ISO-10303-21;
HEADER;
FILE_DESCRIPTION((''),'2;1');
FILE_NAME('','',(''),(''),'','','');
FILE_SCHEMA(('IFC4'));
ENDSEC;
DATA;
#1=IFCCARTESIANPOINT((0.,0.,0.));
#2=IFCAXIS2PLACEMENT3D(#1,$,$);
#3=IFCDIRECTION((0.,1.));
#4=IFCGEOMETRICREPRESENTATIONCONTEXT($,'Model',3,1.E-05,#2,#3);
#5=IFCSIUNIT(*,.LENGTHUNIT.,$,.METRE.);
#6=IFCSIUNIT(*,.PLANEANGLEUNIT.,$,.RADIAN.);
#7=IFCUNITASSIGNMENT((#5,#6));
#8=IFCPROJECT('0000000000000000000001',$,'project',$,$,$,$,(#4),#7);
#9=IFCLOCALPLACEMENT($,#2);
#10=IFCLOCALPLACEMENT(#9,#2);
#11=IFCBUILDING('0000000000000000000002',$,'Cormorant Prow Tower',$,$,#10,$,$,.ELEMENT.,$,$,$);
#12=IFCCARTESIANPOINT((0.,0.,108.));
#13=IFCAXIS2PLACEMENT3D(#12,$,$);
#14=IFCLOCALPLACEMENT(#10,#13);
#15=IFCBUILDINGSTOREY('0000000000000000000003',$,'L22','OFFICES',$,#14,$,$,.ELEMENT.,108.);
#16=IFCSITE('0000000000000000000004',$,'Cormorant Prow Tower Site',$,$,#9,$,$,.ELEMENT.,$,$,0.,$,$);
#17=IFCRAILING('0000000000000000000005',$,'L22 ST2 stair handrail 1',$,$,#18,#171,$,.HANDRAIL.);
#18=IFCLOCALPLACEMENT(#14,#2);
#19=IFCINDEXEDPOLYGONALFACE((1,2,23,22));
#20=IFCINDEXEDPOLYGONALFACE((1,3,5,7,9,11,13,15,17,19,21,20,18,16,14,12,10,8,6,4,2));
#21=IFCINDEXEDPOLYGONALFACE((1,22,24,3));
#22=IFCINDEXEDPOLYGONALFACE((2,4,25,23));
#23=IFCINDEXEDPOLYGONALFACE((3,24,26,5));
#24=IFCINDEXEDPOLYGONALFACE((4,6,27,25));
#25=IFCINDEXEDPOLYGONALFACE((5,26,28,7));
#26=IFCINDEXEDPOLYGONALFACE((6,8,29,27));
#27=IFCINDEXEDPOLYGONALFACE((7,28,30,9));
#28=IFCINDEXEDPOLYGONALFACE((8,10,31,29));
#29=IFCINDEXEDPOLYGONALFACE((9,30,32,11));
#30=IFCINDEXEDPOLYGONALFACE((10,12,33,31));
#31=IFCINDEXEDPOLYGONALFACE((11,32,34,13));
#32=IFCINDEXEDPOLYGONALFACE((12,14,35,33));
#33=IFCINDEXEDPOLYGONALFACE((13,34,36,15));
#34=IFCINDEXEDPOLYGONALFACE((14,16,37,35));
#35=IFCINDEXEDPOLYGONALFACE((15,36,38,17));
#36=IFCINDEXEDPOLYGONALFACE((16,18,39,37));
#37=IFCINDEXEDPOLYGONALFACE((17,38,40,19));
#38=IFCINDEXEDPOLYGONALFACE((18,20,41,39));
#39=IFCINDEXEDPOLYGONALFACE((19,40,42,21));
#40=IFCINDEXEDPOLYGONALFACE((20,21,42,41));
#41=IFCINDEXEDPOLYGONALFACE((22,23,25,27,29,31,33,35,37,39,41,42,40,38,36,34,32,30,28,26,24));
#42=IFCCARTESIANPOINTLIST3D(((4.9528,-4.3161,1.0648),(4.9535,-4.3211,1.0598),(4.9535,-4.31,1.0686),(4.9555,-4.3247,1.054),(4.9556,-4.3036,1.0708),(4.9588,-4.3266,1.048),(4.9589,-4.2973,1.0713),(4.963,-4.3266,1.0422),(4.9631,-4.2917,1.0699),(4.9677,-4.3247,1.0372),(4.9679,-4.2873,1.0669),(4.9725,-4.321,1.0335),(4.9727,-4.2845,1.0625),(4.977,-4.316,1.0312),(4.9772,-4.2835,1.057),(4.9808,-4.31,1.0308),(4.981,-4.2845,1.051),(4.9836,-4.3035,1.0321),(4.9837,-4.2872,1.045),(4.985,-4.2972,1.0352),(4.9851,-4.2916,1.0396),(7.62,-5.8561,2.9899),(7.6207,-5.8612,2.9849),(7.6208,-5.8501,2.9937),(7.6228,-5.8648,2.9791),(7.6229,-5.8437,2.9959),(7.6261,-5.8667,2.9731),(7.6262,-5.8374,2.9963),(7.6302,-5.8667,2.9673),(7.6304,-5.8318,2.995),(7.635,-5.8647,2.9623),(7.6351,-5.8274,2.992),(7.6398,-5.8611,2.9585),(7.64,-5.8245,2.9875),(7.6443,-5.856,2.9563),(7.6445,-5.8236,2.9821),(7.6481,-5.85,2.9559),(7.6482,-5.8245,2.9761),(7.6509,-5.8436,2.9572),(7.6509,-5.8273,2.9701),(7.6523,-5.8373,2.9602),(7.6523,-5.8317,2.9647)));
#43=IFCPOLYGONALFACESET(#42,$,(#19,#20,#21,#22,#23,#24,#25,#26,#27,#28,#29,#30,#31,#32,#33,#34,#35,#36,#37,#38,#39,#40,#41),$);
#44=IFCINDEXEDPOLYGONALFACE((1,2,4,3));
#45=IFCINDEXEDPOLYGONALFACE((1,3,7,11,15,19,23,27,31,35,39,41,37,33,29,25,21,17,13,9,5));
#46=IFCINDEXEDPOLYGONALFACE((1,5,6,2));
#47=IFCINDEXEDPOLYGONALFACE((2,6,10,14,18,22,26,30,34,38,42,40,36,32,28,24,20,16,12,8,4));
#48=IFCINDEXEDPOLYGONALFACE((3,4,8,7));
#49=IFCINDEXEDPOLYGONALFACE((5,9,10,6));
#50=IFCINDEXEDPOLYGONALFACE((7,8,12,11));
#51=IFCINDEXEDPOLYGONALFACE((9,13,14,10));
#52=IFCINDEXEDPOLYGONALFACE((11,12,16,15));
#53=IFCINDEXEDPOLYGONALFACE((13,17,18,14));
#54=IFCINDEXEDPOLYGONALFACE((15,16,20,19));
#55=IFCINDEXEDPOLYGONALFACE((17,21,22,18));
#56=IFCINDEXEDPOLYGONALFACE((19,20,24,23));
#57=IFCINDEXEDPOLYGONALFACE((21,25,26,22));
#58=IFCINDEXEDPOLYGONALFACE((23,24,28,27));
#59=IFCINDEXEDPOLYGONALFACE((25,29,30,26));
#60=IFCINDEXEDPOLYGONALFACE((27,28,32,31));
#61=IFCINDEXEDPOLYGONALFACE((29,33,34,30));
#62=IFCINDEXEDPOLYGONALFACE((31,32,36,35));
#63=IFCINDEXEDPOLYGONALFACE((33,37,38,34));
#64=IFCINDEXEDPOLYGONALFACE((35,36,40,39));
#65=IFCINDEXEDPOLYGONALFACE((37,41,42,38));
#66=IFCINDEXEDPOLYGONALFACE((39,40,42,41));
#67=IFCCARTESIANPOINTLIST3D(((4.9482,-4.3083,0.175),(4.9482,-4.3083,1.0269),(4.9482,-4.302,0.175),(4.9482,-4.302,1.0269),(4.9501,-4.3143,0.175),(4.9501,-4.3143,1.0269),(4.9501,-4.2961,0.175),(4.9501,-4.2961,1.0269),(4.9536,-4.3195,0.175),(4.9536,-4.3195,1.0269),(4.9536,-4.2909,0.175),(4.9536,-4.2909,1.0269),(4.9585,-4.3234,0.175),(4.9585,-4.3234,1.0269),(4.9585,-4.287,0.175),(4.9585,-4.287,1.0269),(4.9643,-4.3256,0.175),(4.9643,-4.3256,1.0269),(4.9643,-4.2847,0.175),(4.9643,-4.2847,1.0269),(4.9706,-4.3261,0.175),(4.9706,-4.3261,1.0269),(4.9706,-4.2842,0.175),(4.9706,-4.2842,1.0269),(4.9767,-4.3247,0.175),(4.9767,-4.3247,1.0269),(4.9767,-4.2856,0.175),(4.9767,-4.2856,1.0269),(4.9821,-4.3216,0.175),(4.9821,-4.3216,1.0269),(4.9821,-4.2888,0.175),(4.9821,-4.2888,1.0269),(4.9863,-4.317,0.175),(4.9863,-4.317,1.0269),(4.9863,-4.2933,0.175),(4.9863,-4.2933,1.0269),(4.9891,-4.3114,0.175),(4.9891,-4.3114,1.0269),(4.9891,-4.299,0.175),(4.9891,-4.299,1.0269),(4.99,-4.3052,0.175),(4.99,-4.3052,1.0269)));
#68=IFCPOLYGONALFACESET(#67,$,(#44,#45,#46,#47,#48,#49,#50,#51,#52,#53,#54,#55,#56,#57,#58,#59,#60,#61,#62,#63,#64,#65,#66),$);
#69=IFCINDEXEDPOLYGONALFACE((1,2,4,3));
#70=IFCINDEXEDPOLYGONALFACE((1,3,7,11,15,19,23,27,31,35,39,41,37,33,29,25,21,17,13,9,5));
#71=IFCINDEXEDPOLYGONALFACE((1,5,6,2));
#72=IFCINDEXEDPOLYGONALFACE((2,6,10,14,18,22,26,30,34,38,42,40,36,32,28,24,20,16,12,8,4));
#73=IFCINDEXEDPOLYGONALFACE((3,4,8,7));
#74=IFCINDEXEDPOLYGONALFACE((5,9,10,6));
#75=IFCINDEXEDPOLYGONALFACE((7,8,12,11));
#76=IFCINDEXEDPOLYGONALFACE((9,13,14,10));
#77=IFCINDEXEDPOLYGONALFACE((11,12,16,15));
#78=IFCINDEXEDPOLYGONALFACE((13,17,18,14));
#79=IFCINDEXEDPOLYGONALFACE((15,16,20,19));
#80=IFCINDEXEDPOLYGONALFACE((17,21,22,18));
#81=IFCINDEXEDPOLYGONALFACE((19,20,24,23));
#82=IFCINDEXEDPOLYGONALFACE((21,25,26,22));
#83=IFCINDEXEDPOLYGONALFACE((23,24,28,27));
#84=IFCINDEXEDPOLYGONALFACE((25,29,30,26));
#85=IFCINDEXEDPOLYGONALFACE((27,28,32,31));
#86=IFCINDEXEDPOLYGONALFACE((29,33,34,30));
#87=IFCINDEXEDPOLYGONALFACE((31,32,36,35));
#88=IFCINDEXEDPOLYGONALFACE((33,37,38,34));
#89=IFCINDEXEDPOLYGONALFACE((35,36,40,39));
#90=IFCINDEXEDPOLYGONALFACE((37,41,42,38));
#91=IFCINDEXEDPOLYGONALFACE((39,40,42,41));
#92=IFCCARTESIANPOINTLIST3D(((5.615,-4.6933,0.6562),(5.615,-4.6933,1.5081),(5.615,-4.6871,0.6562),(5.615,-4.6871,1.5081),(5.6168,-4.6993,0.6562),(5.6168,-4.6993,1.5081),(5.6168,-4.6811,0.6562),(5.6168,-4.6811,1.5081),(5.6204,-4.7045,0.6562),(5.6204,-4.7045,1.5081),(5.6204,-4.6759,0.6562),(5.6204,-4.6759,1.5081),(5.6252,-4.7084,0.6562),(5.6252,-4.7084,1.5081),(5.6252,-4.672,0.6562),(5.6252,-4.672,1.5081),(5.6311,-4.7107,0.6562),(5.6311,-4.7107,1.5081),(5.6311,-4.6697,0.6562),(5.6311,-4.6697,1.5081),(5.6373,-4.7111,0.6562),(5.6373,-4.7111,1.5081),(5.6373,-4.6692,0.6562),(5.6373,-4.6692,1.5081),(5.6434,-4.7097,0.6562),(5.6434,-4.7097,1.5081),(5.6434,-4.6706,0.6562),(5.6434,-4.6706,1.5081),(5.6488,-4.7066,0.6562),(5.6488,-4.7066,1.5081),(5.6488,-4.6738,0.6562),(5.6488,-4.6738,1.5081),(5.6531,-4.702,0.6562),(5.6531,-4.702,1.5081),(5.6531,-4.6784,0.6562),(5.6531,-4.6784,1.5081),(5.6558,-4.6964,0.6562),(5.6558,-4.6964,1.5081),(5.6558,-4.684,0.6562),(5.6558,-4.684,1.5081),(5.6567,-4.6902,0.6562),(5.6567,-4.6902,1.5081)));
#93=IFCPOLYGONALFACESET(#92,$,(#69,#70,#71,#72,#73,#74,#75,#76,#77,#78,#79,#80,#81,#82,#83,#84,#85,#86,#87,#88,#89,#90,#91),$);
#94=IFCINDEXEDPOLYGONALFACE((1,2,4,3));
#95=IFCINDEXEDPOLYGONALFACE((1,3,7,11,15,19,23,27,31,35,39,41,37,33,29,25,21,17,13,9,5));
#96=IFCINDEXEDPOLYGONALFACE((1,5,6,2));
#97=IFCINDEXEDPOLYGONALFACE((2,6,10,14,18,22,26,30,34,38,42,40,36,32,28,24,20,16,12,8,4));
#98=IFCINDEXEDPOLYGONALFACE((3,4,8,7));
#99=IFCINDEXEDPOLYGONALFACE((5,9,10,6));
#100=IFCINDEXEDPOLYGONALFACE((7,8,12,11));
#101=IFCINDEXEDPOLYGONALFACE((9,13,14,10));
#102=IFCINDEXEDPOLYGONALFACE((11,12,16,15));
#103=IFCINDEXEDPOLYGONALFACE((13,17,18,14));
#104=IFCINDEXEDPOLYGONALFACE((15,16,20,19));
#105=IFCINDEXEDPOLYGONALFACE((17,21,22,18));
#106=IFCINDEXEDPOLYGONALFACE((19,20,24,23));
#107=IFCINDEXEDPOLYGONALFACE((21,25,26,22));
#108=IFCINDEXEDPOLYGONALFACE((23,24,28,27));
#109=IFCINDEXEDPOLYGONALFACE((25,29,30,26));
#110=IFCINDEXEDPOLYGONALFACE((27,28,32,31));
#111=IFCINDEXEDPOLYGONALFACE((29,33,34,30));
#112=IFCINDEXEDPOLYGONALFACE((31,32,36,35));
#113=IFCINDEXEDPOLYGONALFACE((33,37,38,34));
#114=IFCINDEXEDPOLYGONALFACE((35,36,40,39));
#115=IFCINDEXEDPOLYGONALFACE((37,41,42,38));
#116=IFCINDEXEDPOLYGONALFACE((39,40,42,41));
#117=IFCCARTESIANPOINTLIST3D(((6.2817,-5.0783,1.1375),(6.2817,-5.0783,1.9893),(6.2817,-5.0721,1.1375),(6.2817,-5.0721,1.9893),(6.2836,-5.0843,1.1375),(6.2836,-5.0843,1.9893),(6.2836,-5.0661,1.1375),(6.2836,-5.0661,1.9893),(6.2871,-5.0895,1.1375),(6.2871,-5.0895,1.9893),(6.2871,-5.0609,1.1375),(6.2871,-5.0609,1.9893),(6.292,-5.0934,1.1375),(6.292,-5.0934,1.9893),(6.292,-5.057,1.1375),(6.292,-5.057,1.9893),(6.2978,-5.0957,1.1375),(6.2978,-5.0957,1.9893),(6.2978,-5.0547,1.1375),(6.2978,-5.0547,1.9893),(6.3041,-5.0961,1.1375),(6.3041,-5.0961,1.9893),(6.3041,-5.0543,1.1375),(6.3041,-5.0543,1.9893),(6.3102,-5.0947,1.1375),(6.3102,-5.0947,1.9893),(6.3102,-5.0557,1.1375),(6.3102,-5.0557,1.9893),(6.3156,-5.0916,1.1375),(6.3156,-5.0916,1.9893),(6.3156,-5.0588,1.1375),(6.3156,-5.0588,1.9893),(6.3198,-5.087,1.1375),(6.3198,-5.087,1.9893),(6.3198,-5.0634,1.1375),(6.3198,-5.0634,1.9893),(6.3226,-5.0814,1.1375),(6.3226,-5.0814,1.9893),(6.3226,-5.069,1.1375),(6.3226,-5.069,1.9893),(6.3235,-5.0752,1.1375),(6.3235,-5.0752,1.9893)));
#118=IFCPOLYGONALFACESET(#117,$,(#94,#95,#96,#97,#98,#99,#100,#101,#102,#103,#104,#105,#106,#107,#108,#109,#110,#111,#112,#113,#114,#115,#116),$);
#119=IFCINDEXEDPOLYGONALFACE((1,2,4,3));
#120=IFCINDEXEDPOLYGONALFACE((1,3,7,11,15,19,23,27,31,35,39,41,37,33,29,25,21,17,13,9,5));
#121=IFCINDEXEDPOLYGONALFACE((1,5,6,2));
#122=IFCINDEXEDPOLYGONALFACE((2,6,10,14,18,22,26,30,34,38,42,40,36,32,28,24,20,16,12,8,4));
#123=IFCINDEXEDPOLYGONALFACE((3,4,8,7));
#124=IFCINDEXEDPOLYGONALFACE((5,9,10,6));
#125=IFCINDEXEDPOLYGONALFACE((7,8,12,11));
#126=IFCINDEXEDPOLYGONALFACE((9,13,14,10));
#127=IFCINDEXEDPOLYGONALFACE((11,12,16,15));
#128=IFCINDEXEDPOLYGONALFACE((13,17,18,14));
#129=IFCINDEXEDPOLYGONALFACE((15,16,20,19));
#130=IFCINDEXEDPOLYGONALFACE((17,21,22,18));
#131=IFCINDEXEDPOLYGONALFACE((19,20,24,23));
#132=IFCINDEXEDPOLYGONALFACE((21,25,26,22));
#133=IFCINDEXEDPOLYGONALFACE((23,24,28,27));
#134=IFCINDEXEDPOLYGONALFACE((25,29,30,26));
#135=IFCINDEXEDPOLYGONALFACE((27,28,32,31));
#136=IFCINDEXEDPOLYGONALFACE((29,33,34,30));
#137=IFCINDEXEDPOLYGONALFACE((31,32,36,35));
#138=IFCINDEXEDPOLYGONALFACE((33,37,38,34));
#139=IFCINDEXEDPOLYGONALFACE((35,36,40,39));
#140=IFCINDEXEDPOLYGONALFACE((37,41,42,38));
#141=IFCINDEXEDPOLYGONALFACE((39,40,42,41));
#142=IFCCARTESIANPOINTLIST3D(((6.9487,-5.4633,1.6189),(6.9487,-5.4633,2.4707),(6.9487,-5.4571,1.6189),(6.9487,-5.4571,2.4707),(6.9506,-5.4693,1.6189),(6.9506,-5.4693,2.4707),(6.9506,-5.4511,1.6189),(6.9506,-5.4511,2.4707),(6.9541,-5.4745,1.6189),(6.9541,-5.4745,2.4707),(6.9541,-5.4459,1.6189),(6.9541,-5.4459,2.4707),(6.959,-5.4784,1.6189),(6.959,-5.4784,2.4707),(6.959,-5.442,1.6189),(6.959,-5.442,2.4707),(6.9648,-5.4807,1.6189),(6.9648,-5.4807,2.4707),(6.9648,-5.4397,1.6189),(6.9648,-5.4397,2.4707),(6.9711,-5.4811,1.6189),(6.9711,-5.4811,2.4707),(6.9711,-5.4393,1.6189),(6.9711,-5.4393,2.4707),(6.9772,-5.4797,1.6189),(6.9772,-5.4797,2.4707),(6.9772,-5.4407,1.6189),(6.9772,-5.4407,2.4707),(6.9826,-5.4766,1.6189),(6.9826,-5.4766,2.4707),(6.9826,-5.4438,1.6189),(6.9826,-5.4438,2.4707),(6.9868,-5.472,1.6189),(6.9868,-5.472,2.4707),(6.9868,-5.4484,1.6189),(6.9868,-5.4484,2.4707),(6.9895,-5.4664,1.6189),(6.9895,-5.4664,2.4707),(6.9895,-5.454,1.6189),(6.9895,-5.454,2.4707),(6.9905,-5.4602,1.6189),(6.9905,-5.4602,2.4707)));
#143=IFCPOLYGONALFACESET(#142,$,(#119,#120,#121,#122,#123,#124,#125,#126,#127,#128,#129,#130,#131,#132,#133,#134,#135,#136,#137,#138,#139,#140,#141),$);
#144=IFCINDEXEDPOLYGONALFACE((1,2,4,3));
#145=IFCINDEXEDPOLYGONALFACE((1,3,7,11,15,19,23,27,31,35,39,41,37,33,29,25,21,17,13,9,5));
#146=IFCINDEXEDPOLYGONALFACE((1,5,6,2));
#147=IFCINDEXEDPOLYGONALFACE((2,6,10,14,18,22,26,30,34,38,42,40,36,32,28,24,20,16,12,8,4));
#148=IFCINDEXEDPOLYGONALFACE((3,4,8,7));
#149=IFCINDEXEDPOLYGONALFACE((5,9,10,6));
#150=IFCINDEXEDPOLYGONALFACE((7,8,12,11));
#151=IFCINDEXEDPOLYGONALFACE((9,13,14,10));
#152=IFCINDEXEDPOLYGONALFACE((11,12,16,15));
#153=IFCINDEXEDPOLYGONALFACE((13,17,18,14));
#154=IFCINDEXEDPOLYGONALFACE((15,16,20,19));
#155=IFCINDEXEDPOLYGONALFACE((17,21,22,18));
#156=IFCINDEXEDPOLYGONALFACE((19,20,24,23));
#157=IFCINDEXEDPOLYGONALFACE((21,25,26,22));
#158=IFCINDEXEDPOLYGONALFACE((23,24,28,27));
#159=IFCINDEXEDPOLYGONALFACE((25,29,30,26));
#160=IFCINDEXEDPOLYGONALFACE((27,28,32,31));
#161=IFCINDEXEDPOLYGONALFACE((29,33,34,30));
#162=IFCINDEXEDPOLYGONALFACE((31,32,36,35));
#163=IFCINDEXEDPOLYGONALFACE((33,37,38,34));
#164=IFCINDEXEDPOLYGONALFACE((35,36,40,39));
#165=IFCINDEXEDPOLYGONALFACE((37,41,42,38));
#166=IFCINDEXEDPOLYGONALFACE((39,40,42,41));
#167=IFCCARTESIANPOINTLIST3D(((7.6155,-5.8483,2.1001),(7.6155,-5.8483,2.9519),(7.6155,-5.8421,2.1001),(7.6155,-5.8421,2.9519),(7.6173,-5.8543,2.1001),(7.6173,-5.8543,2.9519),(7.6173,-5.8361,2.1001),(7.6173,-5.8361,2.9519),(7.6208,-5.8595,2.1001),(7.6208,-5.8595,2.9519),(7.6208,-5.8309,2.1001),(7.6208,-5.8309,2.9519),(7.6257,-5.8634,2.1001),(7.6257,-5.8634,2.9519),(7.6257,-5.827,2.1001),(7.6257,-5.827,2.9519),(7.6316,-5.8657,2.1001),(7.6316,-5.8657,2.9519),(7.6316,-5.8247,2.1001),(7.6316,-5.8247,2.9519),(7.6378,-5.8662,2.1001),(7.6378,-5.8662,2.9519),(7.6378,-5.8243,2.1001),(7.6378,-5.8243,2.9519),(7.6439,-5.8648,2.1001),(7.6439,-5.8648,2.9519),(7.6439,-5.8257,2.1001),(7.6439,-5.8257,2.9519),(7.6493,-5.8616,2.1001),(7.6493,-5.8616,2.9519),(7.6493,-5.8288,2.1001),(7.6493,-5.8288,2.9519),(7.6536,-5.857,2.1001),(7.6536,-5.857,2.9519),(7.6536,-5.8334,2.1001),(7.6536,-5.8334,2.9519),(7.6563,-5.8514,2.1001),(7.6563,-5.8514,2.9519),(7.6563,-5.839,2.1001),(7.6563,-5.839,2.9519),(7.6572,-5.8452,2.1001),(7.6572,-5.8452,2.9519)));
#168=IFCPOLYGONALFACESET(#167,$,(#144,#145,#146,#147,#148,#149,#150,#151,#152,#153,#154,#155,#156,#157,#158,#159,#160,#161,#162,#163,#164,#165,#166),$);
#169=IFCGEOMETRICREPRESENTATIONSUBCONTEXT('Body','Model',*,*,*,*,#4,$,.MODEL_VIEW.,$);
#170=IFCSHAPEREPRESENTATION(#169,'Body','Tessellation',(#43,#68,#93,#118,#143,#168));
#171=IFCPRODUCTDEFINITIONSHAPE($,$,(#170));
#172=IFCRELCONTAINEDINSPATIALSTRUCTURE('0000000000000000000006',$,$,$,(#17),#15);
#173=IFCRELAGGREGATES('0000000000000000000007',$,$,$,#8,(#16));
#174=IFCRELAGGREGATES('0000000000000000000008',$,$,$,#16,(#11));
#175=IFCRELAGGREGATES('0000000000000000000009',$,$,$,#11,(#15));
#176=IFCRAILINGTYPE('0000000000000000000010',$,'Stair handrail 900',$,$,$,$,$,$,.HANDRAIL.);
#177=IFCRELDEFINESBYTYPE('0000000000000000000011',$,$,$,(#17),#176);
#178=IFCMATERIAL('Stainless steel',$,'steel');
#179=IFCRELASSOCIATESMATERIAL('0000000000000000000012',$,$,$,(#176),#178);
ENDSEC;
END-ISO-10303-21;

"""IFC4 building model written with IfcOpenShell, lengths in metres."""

from ifc_helpers import new_model, si_unit, direction, frame, origin, origin_2d, place, context, subcontext, project, spatial, circle, extrude, material, type_object, element, save


model = new_model("IFC4")

# Units and contexts
model_context = context("Model", 3, precision=1e-05, world=origin(), true_north=direction((0.0, 1.0)))
body_context = subcontext(model_context, "Body", "Model", "MODEL_VIEW")
ifc_project = project(units=[si_unit("LENGTHUNIT", "METRE"), si_unit("PLANEANGLEUNIT", "RADIAN")], contexts=[model_context])

# Site, building, storey
site_placement = place(None, origin())
site = spatial("IfcSite", under=ifc_project, at=site_placement, Name="Cormorant Prow Tower Site", CompositionType="ELEMENT", RefElevation=0.0)
building_placement = place(site_placement, origin())
building = spatial("IfcBuilding", under=site, at=building_placement, Name="Cormorant Prow Tower", CompositionType="ELEMENT")
storey_placement = place(building_placement, frame((0.0, 0.0, 108.0)))
storey = spatial("IfcBuildingStorey", under=building, at=storey_placement, Name="L22", Description="OFFICES", CompositionType="ELEMENT", Elevation=108.0)

# Railing
ifc_material_1 = material(Name="Stainless steel", Category="steel")
railing_type_1 = type_object("IfcRailingType", Name="Stair handrail 900", PredefinedType="HANDRAIL", material=ifc_material_1)
railing_1_placement = place(storey_placement, frame((4.969, -4.3052, 0.175)))
element("IfcRailing", 1, at=railing_1_placement, inside=storey, type_object=railing_type_1, Name="L22 ST2 stair handrail 1", PredefinedType="HANDRAIL", context=body_context, shape_type="SweptSolid", body=[
    extrude(circle(Radius=0.0239, at=origin_2d()), frame((0.0, 0.0, 0.876), z_axis=(0.734364, -0.424015, 0.530019), x_axis=(0.500027, 0.86601, 0.0)), (0.0, 0.0, 1.0), 3.6321),
    extrude(circle(Radius=0.021, at=origin_2d()), origin(), (0.0, 0.0, 1.0), 0.8518),
    extrude(circle(Radius=0.021, at=origin_2d()), frame((0.6667, -0.385, 0.4812)), (0.0, 0.0, 1.0), 0.8518),
    extrude(circle(Radius=0.021, at=origin_2d()), frame((1.3335, -0.77, 0.9624)), (0.0, 0.0, 1.0), 0.8518),
    extrude(circle(Radius=0.021, at=origin_2d()), frame((2.0005, -1.155, 1.4438)), (0.0, 0.0, 1.0), 0.8518),
    extrude(circle(Radius=0.021, at=origin_2d()), frame((2.6672, -1.54, 1.925)), (0.0, 0.0, 1.0), 0.8518),
])

save(model, "model.ifc")
